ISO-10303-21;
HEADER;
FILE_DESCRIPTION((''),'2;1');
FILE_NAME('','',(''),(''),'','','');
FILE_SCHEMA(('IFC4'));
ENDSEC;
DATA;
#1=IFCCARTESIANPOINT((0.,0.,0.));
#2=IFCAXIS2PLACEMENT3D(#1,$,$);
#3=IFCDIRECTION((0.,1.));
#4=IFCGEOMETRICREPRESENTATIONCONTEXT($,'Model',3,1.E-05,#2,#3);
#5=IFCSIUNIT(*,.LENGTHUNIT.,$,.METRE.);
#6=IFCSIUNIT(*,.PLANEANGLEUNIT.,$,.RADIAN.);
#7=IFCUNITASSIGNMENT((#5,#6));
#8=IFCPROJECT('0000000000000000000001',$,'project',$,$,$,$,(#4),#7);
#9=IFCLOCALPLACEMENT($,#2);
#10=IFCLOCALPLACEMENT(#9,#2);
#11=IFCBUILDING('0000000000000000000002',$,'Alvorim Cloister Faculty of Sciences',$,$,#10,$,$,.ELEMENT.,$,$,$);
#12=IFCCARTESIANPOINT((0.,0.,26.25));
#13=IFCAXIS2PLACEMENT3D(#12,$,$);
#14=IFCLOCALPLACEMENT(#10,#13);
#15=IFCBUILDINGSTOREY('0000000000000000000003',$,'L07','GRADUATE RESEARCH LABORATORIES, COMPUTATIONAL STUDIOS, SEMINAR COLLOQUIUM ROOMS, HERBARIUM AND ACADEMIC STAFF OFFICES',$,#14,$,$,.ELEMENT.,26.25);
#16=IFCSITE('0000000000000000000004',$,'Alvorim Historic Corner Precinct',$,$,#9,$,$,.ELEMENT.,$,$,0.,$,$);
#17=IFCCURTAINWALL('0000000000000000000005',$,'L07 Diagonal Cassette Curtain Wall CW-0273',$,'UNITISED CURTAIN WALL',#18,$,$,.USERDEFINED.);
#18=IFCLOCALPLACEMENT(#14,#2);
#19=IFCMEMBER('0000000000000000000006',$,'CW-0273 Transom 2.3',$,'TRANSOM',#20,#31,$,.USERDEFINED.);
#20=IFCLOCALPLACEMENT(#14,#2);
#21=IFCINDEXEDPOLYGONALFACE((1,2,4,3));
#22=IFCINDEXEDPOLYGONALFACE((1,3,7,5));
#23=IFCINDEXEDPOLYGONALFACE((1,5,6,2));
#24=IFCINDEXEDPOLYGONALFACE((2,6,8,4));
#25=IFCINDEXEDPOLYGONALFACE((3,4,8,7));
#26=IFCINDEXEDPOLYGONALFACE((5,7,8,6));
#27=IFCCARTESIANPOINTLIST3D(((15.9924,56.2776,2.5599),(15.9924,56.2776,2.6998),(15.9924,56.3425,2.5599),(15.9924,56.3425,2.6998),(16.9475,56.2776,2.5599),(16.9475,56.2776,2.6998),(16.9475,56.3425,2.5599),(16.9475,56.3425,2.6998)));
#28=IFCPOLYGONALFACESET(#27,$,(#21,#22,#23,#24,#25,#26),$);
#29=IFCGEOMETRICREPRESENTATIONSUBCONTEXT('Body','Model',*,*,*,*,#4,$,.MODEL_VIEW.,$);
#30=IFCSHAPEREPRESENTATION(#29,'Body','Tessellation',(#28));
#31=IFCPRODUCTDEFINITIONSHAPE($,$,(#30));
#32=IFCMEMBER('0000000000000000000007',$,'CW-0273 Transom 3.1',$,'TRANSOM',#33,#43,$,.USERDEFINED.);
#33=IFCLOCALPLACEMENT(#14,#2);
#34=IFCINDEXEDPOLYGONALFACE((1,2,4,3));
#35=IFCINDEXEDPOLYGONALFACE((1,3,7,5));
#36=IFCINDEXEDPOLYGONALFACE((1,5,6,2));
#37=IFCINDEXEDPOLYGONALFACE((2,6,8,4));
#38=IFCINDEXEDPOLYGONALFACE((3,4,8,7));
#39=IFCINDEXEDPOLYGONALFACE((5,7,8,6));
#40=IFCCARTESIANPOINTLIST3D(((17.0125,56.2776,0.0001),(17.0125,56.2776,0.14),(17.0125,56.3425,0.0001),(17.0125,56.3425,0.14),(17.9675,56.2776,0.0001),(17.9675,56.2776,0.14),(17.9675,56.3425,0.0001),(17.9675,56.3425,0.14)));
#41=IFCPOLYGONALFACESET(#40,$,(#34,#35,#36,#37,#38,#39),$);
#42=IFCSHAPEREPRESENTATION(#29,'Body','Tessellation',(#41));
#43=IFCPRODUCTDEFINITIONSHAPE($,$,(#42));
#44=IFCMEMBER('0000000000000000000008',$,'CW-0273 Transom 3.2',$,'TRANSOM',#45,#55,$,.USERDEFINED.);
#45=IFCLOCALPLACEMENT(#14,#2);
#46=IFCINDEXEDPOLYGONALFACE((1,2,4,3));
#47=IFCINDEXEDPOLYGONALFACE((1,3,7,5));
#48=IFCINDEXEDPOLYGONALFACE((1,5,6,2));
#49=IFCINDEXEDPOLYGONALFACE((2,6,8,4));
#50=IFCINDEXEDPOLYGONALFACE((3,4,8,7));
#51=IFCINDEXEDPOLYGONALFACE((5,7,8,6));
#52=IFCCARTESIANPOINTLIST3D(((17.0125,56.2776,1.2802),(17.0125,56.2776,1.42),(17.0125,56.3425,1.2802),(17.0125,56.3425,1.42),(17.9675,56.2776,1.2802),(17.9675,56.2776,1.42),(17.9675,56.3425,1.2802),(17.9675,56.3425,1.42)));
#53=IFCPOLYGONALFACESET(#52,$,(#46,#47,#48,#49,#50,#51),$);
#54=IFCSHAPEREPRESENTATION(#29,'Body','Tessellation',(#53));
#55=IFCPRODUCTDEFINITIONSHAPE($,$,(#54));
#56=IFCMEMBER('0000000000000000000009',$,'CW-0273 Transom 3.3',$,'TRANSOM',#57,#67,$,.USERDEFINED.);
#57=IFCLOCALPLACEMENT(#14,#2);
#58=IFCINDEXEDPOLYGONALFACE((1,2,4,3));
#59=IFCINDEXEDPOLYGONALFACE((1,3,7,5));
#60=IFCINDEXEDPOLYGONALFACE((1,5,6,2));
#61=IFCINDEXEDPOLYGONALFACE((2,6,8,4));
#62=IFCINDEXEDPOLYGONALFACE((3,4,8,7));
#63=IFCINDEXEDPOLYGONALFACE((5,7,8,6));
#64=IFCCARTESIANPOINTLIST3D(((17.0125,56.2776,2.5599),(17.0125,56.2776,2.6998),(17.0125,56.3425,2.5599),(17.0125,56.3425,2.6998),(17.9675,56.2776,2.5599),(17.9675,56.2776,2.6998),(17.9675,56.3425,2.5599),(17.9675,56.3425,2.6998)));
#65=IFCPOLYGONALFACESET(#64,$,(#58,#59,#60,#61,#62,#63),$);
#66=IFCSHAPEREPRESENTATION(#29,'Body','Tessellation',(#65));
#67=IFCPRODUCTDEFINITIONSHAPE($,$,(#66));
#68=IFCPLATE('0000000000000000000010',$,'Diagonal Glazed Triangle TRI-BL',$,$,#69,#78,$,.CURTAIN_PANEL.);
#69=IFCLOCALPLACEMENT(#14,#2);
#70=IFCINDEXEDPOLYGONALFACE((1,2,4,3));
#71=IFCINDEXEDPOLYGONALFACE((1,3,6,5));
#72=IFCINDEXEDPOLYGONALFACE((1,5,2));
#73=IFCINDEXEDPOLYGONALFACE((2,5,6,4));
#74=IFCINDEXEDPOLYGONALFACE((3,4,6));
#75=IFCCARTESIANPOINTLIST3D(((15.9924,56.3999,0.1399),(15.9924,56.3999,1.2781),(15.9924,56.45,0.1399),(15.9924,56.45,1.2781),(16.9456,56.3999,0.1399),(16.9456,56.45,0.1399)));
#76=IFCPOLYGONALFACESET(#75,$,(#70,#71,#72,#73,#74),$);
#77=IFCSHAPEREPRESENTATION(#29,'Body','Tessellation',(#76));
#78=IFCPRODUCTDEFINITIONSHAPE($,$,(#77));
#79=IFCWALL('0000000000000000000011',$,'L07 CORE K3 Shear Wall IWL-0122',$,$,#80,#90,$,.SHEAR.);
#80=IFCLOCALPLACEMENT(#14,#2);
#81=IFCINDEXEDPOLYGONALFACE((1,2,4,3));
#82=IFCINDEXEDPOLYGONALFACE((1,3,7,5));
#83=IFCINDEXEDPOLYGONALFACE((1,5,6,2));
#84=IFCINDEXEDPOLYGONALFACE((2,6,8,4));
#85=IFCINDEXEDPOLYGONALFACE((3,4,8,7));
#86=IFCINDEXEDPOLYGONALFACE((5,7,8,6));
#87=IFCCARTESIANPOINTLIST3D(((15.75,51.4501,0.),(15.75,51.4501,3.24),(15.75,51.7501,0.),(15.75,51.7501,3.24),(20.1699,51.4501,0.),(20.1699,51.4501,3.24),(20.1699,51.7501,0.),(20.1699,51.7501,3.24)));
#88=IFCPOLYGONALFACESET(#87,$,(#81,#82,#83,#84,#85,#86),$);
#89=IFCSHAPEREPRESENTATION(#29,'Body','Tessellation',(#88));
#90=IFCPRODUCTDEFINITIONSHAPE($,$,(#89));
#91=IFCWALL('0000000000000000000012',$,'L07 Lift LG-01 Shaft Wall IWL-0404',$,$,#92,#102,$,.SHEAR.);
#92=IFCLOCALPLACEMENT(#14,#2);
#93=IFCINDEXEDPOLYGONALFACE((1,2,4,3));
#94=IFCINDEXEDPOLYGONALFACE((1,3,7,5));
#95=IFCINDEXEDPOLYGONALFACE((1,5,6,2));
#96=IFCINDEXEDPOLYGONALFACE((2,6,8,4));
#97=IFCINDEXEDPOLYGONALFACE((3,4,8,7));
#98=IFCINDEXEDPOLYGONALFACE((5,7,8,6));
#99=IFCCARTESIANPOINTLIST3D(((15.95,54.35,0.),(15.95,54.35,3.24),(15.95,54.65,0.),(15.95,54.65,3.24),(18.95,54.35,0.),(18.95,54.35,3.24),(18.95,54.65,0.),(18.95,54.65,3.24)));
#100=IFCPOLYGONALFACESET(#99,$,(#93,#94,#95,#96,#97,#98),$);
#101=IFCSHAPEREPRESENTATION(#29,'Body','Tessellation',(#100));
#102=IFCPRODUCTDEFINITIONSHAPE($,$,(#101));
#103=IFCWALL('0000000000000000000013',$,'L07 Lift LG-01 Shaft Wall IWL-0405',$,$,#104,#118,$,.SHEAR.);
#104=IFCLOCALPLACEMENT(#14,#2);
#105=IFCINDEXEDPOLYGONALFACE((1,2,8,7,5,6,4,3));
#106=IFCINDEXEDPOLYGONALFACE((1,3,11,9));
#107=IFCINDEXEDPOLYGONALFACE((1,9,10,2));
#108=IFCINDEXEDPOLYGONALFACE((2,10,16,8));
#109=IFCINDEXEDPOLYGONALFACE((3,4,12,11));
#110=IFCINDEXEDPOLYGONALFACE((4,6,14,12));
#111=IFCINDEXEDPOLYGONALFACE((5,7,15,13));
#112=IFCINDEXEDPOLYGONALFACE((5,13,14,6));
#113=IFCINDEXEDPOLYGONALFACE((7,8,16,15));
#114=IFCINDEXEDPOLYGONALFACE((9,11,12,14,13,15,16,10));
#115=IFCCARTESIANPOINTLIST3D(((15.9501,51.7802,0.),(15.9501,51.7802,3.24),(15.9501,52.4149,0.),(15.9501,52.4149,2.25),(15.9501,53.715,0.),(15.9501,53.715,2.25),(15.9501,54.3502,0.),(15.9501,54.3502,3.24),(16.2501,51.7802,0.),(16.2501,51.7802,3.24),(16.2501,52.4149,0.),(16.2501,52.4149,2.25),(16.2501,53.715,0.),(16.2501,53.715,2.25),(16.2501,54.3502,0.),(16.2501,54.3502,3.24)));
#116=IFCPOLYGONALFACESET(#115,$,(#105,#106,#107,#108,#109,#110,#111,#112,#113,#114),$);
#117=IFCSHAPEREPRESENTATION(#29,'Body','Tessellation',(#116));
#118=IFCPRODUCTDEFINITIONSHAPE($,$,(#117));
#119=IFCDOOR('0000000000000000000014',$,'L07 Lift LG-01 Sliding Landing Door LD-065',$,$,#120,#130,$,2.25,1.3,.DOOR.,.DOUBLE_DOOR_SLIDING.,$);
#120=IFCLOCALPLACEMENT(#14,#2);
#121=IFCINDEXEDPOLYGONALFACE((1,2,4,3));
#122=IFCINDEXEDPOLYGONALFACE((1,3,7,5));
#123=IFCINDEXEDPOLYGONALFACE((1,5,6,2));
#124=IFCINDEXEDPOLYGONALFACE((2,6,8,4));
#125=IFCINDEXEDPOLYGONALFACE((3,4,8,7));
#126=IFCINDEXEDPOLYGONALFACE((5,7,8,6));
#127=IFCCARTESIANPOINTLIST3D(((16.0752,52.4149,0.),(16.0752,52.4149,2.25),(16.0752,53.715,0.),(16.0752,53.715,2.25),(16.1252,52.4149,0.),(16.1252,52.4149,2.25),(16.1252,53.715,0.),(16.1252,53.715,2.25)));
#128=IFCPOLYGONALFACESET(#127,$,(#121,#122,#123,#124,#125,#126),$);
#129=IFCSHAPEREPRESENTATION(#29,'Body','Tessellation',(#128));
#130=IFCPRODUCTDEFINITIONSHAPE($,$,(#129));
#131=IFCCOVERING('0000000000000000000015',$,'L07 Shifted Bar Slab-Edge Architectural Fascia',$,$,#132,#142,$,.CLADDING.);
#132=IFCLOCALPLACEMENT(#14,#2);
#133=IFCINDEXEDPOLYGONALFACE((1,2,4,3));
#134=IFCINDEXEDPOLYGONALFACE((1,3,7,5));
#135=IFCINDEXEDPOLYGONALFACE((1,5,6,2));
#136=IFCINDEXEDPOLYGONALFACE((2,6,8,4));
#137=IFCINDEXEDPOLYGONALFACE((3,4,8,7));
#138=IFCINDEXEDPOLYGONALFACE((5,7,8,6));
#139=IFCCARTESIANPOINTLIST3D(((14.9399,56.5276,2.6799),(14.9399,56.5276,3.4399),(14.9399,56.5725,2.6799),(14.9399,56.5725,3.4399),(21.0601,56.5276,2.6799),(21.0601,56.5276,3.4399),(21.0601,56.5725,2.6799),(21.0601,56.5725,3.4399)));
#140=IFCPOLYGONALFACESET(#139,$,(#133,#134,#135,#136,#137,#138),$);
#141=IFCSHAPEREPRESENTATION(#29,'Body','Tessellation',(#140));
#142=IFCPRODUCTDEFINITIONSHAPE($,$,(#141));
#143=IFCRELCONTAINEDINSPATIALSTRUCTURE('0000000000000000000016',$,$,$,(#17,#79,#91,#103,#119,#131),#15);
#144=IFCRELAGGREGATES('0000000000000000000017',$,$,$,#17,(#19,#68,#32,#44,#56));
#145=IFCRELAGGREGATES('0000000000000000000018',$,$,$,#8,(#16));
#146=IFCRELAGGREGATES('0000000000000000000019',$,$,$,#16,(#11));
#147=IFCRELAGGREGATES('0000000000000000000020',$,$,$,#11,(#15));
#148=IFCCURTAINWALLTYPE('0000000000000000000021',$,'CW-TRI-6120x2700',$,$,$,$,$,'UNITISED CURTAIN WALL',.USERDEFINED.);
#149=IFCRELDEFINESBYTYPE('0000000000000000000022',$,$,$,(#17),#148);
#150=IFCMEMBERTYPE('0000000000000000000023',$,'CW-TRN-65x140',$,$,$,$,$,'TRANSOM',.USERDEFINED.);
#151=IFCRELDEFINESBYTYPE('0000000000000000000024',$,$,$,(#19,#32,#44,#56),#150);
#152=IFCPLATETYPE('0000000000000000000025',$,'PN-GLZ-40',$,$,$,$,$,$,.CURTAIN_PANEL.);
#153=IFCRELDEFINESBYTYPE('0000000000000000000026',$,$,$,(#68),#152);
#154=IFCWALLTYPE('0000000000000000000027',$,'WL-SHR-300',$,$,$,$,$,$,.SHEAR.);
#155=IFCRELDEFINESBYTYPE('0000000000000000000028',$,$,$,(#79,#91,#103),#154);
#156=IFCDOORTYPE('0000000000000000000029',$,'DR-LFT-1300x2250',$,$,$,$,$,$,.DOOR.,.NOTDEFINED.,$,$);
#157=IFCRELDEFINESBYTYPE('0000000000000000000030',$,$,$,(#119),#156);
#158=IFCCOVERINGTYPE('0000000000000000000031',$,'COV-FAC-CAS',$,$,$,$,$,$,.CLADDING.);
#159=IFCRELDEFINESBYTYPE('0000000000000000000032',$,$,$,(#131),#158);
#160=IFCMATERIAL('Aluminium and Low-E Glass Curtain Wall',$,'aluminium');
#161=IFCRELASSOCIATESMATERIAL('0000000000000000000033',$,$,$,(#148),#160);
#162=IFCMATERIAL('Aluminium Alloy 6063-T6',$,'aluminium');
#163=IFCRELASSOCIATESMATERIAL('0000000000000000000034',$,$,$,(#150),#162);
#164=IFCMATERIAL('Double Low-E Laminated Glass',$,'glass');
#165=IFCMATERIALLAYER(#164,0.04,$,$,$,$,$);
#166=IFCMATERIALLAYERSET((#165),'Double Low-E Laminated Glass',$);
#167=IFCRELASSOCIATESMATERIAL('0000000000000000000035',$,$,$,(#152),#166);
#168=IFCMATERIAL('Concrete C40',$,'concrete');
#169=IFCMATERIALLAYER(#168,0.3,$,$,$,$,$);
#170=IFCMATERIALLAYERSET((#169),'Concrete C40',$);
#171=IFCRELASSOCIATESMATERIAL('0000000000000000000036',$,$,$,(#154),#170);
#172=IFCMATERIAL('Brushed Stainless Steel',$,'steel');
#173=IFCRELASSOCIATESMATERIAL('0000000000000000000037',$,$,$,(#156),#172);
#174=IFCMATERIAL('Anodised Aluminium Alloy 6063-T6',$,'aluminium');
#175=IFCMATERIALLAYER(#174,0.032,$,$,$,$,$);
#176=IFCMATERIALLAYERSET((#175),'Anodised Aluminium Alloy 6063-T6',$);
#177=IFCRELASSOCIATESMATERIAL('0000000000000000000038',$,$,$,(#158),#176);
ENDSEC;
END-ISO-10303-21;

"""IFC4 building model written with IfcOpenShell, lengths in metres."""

from ifc_helpers import new_model, si_unit, direction, frame, frame_2d, origin, origin_2d, place, context, subcontext, project, spatial, polyline, rectangle, outline, extrude, material, layer, layer_set, material_profile, profile_set, type_object, element, fill, aggregate, save


model = new_model("IFC4")

# Units and contexts
model_context = context("Model", 3, precision=1e-05, world=origin(), true_north=direction((0.0, 1.0)))
body_context = subcontext(model_context, "Body", "Model", "MODEL_VIEW")
ifc_project = project(units=[si_unit("LENGTHUNIT", "METRE"), si_unit("PLANEANGLEUNIT", "RADIAN")], contexts=[model_context])

# Site, building, storey
site_placement = place(None, origin())
site = spatial("IfcSite", under=ifc_project, at=site_placement, Name="Alvorim Historic Corner Precinct", CompositionType="ELEMENT", RefElevation=0.0)
building_placement = place(site_placement, origin())
building = spatial("IfcBuilding", under=site, at=building_placement, Name="Alvorim Cloister Faculty of Sciences", CompositionType="ELEMENT")
storey_placement = place(building_placement, frame((0.0, 0.0, 26.25)))
storey = spatial("IfcBuildingStorey", under=building, at=storey_placement, Name="L07", Description="GRADUATE RESEARCH LABORATORIES, COMPUTATIONAL STUDIOS, SEMINAR COLLOQUIUM ROOMS, HERBARIUM AND ACADEMIC STAFF OFFICES", CompositionType="ELEMENT", Elevation=26.25)

# Shared definitions
ifc_material_1 = material(Name="Aluminium and Low-E Glass Curtain Wall", Category="aluminium")
curtain_wall_type = type_object("IfcCurtainWallType", Name="CW-TRI-6120x2700", ElementType="UNITISED CURTAIN WALL", PredefinedType="USERDEFINED", material=ifc_material_1)
ifc_material_2 = material(Name="Aluminium Alloy 6063-T6", Category="aluminium")

# Curtain wall, members
curtain_wall_1_placement = place(storey_placement, origin())
curtain_wall_1 = element("IfcCurtainWall", 1, at=curtain_wall_1_placement, inside=storey, type_object=curtain_wall_type, Name="L07 Diagonal Cassette Curtain Wall CW-0273", ObjectType="UNITISED CURTAIN WALL", PredefinedType="USERDEFINED")
ifc_material_profile_1 = material_profile(ifc_material_2, rectangle(XDim=0.0649, YDim=0.1399, at=origin_2d()), Name="ALU-TRN-65x140")
ifc_profile_set_1 = profile_set([ifc_material_profile_1], Name="Aluminium Alloy 6063-T6")
member_type_1 = type_object("IfcMemberType", Name="CW-TRN-65x140", ElementType="TRANSOM", PredefinedType="USERDEFINED", material=ifc_profile_set_1)
member_1_placement = place(storey_placement, frame((15.9924, 56.3101, 2.6299), z_axis=(1.0, 0.0, 0.0), x_axis=(0.0, 1.0, 0.0)))
member_1 = element("IfcMember", 2, at=member_1_placement, type_object=member_type_1, Name="CW-0273 Transom 2.3", ObjectType="TRANSOM", PredefinedType="USERDEFINED", context=body_context, shape_type="SweptSolid", body=[
    extrude(rectangle(XDim=0.0649, YDim=0.1399, at=origin_2d()), origin(), (0.0, 0.0, 1.0), 0.9551),
])
member_2_placement = place(storey_placement, frame((17.0125, 56.3101, 0.0701), z_axis=(1.0, 0.0, 0.0), x_axis=(0.0, 1.0, 0.0)))
member_2 = element("IfcMember", 3, at=member_2_placement, type_object=member_type_1, Name="CW-0273 Transom 3.1", ObjectType="TRANSOM", PredefinedType="USERDEFINED", context=body_context, shape_type="SweptSolid", body=[
    extrude(rectangle(XDim=0.0649, YDim=0.1399, at=origin_2d()), origin(), (0.0, 0.0, 1.0), 0.9551),
])
member_3_placement = place(storey_placement, frame((17.0125, 56.3101, 1.3501), z_axis=(1.0, 0.0, 0.0), x_axis=(0.0, 1.0, 0.0)))
member_3 = element("IfcMember", 4, at=member_3_placement, type_object=member_type_1, Name="CW-0273 Transom 3.2", ObjectType="TRANSOM", PredefinedType="USERDEFINED", context=body_context, shape_type="SweptSolid", body=[
    extrude(rectangle(XDim=0.0649, YDim=0.1399, at=origin_2d()), origin(), (0.0, 0.0, 1.0), 0.9551),
])
member_4_placement = place(storey_placement, frame((17.0125, 56.3101, 2.6299), z_axis=(1.0, 0.0, 0.0), x_axis=(0.0, 1.0, 0.0)))
member_4 = element("IfcMember", 5, at=member_4_placement, type_object=member_type_1, Name="CW-0273 Transom 3.3", ObjectType="TRANSOM", PredefinedType="USERDEFINED", context=body_context, shape_type="SweptSolid", body=[
    extrude(rectangle(XDim=0.0649, YDim=0.1399, at=origin_2d()), origin(), (0.0, 0.0, 1.0), 0.9551),
])

# Plate
ifc_material_3 = material(Name="Double Low-E Laminated Glass", Category="glass")
ifc_layer_1 = layer(ifc_material_3, 0.04)
ifc_layer_set_1 = layer_set([ifc_layer_1], Name="Double Low-E Laminated Glass")
plate_type = type_object("IfcPlateType", Name="PN-GLZ-40", PredefinedType="CURTAIN_PANEL", material=ifc_layer_set_1)
plate_1_placement = place(storey_placement, frame((15.9924, 56.425, 0.1399), z_axis=(0.0, 0.0, 1.0), x_axis=(1.0, 0.0, 0.0)))
plate_1 = element("IfcPlate", 6, at=plate_1_placement, type_object=plate_type, Name="Diagonal Glazed Triangle TRI-BL", PredefinedType="CURTAIN_PANEL", context=body_context, shape_type="SweptSolid", body=[
    extrude(outline(polyline([(0.0, 0.0), (0.9531, 0.0), (0.0, 1.1382), (0.0, 0.0)])), frame((0.0, 0.0249, 0.0), z_axis=(0.0, -1.0, 0.0), x_axis=(1.0, 0.0, 0.0)), (0.0, 0.0, 1.0), 0.05),
])
aggregate(curtain_wall_1, [member_1, plate_1, member_2, member_3, member_4])

# Walls
ifc_material_4 = material(Name="Concrete C40", Category="concrete")
ifc_layer_2 = layer(ifc_material_4, 0.3)
ifc_layer_set_2 = layer_set([ifc_layer_2], Name="Concrete C40")
wall_type = type_object("IfcWallType", Name="WL-SHR-300", PredefinedType="SHEAR", material=ifc_layer_set_2)
wall_1_placement = place(storey_placement, frame((15.75, 51.6001, 0.0), z_axis=(0.0, 0.0, 1.0), x_axis=(1.0, 0.0, 0.0)))
element("IfcWall", 7, at=wall_1_placement, inside=storey, type_object=wall_type, Name="L07 CORE K3 Shear Wall IWL-0122", PredefinedType="SHEAR", context=body_context, shape_type="SweptSolid", body=[
    extrude(rectangle(XDim=4.4199, YDim=0.3, at=frame_2d((2.21, 0.0))), origin(), (0.0, 0.0, 1.0), 3.24),
])
wall_2_placement = place(storey_placement, frame((15.95, 54.5, 0.0), z_axis=(0.0, 0.0, 1.0), x_axis=(1.0, 0.0, 0.0)))
element("IfcWall", 8, at=wall_2_placement, inside=storey, type_object=wall_type, Name="L07 Lift LG-01 Shaft Wall IWL-0404", PredefinedType="SHEAR", context=body_context, shape_type="SweptSolid", body=[
    extrude(rectangle(XDim=3.0, YDim=0.3, at=frame_2d((1.5, 0.0))), origin(), (0.0, 0.0, 1.0), 3.24),
])

# Wall, opening, door
wall_3_placement = place(storey_placement, frame((16.1001, 51.78, 0.0), z_axis=(0.0, 0.0, 1.0), x_axis=(0.0, 1.0, 0.0)))
wall_3 = element("IfcWall", 9, at=wall_3_placement, inside=storey, type_object=wall_type, Name="L07 Lift LG-01 Shaft Wall IWL-0405", PredefinedType="SHEAR", context=body_context, shape_type="SweptSolid", body=[
    extrude(rectangle(XDim=2.5701, YDim=0.3, at=frame_2d((1.2852, 0.0))), origin(), (0.0, 0.0, 1.0), 3.24),
])
opening_placement = place(wall_3_placement, frame((0.635, 0.0, 0.0)))
opening = element("IfcOpeningElement", 10, at=opening_placement, cuts=wall_3, PredefinedType="OPENING", context=body_context, shape_type="SweptSolid", body=[
    extrude(rectangle(XDim=1.3, YDim=2.25, at=frame_2d((0.6499, 1.125))), frame((0.0, 0.1621, 0.0), z_axis=(0.0, -1.0, 0.0), x_axis=(1.0, 0.0, 0.0)), (0.0, 0.0, 1.0), 0.324),
])
ifc_material_5 = material(Name="Brushed Stainless Steel", Category="steel")
door_type = type_object("IfcDoorType", Name="DR-LFT-1300x2250", OperationType="NOTDEFINED", PredefinedType="DOOR", material=ifc_material_5)
door_placement = place(opening_placement, origin())
door = element("IfcDoor", 11, at=door_placement, inside=storey, type_object=door_type, Name="L07 Lift LG-01 Sliding Landing Door LD-065", OperationType="DOUBLE_DOOR_SLIDING", OverallHeight=2.25, OverallWidth=1.3, PredefinedType="DOOR", context=body_context, shape_type="SweptSolid", body=[
    extrude(rectangle(XDim=1.3, YDim=2.25, at=frame_2d((0.6499, 1.125))), frame((0.0, 0.0249, 0.0), z_axis=(0.0, -1.0, 0.0), x_axis=(1.0, 0.0, 0.0)), (0.0, 0.0, 1.0), 0.05),
])
fill(opening, door)

# Covering
ifc_material_6 = material(Name="Anodised Aluminium Alloy 6063-T6", Category="aluminium")
ifc_layer_3 = layer(ifc_material_6, 0.032)
ifc_layer_set_3 = layer_set([ifc_layer_3], Name="Anodised Aluminium Alloy 6063-T6")
covering_type = type_object("IfcCoveringType", Name="COV-FAC-CAS", PredefinedType="CLADDING", material=ifc_layer_set_3)
covering_placement = place(storey_placement, frame((14.9399, 56.55, 2.6799), z_axis=(0.0, 0.0, 1.0), x_axis=(1.0, 0.0, 0.0)))
element("IfcCovering", 12, at=covering_placement, inside=storey, type_object=covering_type, Name="L07 Shifted Bar Slab-Edge Architectural Fascia", PredefinedType="CLADDING", context=body_context, shape_type="SweptSolid", body=[
    extrude(outline(polyline([(0.0, 0.0), (6.1201, 0.0), (6.1201, 0.76), (0.0, 0.76), (0.0, 0.0)])), frame((0.0, 0.0225, 0.0), z_axis=(0.0, -1.0, 0.0), x_axis=(1.0, 0.0, 0.0)), (0.0, 0.0, 1.0), 0.0449),
])

save(model, "model.ifc")
